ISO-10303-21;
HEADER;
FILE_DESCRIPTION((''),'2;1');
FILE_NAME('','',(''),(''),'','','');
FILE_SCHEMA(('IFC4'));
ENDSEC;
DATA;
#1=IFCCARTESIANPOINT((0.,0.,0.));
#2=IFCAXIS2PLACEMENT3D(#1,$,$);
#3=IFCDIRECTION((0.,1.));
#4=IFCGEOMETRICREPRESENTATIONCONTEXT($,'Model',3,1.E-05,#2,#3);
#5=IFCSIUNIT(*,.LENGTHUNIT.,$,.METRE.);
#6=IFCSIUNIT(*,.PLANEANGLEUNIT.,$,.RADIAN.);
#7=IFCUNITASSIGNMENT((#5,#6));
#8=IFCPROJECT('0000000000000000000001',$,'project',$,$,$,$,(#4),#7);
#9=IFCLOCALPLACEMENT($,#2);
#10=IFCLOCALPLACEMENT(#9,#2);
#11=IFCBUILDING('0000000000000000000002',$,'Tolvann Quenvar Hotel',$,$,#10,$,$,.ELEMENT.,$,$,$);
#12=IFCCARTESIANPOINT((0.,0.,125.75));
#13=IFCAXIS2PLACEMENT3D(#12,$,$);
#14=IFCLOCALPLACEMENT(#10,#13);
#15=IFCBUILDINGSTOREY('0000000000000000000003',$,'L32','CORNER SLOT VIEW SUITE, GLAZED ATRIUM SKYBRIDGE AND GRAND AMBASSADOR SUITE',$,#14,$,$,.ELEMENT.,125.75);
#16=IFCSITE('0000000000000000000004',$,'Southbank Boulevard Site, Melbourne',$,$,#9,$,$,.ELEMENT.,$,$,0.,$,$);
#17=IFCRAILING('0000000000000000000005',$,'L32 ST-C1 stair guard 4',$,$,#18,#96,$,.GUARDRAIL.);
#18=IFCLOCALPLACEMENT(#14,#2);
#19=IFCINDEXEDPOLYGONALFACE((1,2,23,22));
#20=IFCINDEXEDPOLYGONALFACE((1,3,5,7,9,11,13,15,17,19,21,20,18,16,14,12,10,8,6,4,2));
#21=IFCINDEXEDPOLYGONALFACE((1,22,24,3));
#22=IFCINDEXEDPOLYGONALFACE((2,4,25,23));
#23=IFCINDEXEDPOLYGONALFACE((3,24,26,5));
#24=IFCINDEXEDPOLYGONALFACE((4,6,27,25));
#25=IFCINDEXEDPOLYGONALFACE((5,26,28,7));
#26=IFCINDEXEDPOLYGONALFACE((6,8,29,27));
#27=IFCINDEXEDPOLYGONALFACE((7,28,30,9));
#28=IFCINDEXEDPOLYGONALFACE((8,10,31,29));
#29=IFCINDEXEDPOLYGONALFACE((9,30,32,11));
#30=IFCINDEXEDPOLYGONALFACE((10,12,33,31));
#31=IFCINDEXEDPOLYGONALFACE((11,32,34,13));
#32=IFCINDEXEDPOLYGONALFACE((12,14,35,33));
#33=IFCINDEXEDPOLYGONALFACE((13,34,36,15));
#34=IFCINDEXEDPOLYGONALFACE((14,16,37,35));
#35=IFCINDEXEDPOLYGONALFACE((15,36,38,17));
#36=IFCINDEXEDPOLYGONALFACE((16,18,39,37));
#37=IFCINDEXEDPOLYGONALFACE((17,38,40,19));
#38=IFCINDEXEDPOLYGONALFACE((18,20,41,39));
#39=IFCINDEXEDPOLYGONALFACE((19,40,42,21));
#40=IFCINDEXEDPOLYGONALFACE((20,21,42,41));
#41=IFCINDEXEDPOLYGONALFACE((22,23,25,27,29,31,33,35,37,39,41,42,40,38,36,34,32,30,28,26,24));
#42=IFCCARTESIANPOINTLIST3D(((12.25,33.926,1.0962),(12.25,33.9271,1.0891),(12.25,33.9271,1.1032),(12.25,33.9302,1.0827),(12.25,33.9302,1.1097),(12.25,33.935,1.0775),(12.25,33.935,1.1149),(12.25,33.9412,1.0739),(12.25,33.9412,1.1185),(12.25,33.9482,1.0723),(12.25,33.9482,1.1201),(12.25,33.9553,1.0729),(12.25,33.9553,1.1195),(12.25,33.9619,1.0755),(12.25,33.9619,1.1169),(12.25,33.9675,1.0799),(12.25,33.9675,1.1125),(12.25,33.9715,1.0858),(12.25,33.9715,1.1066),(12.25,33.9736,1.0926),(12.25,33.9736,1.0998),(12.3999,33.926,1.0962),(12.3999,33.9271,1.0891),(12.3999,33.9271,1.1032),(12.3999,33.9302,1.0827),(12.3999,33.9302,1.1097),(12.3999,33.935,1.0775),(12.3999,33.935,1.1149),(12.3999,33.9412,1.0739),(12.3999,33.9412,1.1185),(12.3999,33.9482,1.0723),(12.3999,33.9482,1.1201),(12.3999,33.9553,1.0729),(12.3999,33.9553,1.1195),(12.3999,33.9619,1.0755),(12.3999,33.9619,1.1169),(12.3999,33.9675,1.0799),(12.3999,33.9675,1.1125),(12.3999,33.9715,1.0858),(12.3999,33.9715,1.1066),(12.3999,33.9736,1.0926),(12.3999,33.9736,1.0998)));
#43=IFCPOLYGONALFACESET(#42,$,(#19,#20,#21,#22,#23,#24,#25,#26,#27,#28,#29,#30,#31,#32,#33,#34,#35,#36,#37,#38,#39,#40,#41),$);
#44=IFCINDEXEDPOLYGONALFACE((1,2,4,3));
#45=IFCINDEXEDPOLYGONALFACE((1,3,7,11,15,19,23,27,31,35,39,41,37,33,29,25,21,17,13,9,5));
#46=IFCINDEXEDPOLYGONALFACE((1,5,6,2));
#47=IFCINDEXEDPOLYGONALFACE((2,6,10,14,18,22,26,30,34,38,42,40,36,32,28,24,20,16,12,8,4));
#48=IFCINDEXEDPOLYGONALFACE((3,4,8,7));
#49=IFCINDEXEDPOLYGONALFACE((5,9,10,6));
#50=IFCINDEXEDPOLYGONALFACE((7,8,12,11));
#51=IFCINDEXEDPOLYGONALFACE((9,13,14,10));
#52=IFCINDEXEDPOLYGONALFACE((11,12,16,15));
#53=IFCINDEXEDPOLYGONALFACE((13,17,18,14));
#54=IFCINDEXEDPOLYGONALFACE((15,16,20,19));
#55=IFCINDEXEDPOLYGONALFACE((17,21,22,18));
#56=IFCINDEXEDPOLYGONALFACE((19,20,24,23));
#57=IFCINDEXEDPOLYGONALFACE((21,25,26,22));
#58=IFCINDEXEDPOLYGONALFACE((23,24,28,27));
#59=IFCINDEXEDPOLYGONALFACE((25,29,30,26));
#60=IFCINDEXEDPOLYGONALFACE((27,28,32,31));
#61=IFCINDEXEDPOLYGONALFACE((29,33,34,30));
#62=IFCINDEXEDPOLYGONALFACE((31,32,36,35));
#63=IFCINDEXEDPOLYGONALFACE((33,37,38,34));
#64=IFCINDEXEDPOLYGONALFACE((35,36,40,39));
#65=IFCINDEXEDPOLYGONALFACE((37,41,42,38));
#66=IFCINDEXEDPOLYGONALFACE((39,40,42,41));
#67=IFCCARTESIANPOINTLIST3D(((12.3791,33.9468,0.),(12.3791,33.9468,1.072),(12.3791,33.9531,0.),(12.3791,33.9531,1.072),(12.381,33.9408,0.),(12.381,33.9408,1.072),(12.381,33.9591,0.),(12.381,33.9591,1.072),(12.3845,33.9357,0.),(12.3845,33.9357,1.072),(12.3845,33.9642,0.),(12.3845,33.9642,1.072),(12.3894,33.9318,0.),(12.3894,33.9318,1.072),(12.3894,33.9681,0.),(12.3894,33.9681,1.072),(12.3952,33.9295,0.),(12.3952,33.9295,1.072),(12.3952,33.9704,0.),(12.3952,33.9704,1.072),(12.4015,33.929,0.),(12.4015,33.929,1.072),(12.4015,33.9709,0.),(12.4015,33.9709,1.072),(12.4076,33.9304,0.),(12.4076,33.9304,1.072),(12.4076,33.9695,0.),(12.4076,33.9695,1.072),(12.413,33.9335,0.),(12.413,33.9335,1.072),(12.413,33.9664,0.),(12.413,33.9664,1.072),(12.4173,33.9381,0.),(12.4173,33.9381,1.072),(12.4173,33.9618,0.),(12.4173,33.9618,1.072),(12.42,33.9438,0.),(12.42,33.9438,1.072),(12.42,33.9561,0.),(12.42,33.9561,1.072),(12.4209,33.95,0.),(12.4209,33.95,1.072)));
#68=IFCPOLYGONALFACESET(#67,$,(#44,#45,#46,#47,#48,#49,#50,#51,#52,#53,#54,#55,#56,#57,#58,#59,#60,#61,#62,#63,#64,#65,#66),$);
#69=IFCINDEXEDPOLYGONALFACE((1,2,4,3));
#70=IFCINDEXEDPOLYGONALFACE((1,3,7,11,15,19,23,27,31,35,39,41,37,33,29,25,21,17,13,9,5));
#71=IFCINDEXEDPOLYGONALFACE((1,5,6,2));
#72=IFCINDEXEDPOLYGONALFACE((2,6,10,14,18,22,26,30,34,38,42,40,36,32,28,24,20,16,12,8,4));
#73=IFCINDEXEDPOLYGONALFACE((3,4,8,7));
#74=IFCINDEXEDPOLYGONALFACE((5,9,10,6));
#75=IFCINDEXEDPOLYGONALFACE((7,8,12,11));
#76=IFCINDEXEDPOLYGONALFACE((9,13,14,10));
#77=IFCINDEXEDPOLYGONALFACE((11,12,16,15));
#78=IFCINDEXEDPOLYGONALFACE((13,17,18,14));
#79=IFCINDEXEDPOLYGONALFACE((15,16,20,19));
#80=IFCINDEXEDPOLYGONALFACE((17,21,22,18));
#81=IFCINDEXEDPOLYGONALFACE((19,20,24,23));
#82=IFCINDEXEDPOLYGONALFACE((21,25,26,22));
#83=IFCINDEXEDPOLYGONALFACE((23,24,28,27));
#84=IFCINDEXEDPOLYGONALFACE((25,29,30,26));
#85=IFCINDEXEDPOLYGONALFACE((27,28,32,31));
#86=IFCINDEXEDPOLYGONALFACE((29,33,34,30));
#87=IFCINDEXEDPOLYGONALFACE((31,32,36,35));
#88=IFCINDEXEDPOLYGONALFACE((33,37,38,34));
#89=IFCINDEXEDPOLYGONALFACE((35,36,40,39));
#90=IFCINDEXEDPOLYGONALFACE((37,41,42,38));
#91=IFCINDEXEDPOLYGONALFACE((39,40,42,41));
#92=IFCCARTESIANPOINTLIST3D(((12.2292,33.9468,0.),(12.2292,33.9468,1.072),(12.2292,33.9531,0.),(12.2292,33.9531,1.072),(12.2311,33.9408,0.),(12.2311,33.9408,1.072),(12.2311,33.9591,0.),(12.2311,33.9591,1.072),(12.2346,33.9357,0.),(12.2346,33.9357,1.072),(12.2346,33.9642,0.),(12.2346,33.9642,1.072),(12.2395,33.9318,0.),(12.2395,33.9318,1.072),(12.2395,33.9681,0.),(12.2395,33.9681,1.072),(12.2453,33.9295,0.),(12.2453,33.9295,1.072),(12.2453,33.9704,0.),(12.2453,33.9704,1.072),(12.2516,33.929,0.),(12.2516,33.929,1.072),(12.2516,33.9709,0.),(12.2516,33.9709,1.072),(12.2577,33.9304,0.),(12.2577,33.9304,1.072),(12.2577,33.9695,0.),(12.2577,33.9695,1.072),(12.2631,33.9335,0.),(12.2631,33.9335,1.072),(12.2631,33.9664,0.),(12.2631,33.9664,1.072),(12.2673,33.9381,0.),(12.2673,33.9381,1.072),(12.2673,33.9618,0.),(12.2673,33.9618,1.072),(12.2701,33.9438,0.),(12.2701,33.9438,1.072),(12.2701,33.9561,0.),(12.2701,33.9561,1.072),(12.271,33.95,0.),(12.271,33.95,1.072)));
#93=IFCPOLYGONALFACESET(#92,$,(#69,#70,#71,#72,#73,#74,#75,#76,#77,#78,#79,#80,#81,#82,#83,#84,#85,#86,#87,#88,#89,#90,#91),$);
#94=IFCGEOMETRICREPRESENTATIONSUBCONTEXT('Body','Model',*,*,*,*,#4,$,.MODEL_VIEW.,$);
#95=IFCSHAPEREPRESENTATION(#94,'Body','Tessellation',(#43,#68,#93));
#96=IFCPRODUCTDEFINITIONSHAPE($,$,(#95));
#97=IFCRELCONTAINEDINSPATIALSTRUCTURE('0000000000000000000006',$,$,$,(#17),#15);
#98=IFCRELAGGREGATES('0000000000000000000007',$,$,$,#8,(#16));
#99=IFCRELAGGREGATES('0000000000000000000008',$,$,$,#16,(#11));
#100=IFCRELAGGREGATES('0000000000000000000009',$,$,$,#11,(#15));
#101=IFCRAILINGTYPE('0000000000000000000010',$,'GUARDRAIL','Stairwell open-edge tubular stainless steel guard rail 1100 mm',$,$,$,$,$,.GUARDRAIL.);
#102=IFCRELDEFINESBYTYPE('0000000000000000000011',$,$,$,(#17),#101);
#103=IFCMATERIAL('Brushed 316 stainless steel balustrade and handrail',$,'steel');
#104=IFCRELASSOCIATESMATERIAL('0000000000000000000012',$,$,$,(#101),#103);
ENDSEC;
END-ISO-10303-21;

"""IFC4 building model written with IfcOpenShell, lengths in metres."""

from ifc_helpers import new_model, si_unit, direction, frame, origin, origin_2d, place, context, subcontext, project, spatial, circle, extrude, material, type_object, element, save


model = new_model("IFC4")

# Units and contexts
model_context = context("Model", 3, precision=1e-05, world=origin(), true_north=direction((0.0, 1.0)))
body_context = subcontext(model_context, "Body", "Model", "MODEL_VIEW")
ifc_project = project(units=[si_unit("LENGTHUNIT", "METRE"), si_unit("PLANEANGLEUNIT", "RADIAN")], contexts=[model_context])

# Site, building, storey
site_placement = place(None, origin())
site = spatial("IfcSite", under=ifc_project, at=site_placement, Name="Southbank Boulevard Site, Melbourne", CompositionType="ELEMENT", RefElevation=0.0)
building_placement = place(site_placement, origin())
building = spatial("IfcBuilding", under=site, at=building_placement, Name="Tolvann Quenvar Hotel", CompositionType="ELEMENT")
storey_placement = place(building_placement, frame((0.0, 0.0, 125.75)))
storey = spatial("IfcBuildingStorey", under=building, at=storey_placement, Name="L32", Description="CORNER SLOT VIEW SUITE, GLAZED ATRIUM SKYBRIDGE AND GRAND AMBASSADOR SUITE", CompositionType="ELEMENT", Elevation=125.75)

# Railing
ifc_material_1 = material(Name="Brushed 316 stainless steel balustrade and handrail", Category="steel")
railing_type_1 = type_object("IfcRailingType", Name="GUARDRAIL", Description="Stairwell open-edge tubular stainless steel guard rail 1100 mm", PredefinedType="GUARDRAIL", material=ifc_material_1)
railing_1_placement = place(storey_placement, frame((12.3999, 33.95, 0.0)))
element("IfcRailing", 1, at=railing_1_placement, inside=storey, type_object=railing_type_1, Name="L32 ST-C1 stair guard 4", PredefinedType="GUARDRAIL", context=body_context, shape_type="SweptSolid", body=[
    extrude(circle(Radius=0.0239, at=origin_2d()), frame((0.0, 0.0, 1.0962), z_axis=(-1.0, 0.0, 0.0), x_axis=(0.0, -1.0, 0.0)), (0.0, 0.0, 1.0), 0.1499),
    extrude(circle(Radius=0.021, at=origin_2d()), origin(), (0.0, 0.0, 1.0), 1.072),
    extrude(circle(Radius=0.021, at=origin_2d()), frame((-0.1499, 0.0, 0.0)), (0.0, 0.0, 1.0), 1.072),
])

save(model, "model.ifc")
